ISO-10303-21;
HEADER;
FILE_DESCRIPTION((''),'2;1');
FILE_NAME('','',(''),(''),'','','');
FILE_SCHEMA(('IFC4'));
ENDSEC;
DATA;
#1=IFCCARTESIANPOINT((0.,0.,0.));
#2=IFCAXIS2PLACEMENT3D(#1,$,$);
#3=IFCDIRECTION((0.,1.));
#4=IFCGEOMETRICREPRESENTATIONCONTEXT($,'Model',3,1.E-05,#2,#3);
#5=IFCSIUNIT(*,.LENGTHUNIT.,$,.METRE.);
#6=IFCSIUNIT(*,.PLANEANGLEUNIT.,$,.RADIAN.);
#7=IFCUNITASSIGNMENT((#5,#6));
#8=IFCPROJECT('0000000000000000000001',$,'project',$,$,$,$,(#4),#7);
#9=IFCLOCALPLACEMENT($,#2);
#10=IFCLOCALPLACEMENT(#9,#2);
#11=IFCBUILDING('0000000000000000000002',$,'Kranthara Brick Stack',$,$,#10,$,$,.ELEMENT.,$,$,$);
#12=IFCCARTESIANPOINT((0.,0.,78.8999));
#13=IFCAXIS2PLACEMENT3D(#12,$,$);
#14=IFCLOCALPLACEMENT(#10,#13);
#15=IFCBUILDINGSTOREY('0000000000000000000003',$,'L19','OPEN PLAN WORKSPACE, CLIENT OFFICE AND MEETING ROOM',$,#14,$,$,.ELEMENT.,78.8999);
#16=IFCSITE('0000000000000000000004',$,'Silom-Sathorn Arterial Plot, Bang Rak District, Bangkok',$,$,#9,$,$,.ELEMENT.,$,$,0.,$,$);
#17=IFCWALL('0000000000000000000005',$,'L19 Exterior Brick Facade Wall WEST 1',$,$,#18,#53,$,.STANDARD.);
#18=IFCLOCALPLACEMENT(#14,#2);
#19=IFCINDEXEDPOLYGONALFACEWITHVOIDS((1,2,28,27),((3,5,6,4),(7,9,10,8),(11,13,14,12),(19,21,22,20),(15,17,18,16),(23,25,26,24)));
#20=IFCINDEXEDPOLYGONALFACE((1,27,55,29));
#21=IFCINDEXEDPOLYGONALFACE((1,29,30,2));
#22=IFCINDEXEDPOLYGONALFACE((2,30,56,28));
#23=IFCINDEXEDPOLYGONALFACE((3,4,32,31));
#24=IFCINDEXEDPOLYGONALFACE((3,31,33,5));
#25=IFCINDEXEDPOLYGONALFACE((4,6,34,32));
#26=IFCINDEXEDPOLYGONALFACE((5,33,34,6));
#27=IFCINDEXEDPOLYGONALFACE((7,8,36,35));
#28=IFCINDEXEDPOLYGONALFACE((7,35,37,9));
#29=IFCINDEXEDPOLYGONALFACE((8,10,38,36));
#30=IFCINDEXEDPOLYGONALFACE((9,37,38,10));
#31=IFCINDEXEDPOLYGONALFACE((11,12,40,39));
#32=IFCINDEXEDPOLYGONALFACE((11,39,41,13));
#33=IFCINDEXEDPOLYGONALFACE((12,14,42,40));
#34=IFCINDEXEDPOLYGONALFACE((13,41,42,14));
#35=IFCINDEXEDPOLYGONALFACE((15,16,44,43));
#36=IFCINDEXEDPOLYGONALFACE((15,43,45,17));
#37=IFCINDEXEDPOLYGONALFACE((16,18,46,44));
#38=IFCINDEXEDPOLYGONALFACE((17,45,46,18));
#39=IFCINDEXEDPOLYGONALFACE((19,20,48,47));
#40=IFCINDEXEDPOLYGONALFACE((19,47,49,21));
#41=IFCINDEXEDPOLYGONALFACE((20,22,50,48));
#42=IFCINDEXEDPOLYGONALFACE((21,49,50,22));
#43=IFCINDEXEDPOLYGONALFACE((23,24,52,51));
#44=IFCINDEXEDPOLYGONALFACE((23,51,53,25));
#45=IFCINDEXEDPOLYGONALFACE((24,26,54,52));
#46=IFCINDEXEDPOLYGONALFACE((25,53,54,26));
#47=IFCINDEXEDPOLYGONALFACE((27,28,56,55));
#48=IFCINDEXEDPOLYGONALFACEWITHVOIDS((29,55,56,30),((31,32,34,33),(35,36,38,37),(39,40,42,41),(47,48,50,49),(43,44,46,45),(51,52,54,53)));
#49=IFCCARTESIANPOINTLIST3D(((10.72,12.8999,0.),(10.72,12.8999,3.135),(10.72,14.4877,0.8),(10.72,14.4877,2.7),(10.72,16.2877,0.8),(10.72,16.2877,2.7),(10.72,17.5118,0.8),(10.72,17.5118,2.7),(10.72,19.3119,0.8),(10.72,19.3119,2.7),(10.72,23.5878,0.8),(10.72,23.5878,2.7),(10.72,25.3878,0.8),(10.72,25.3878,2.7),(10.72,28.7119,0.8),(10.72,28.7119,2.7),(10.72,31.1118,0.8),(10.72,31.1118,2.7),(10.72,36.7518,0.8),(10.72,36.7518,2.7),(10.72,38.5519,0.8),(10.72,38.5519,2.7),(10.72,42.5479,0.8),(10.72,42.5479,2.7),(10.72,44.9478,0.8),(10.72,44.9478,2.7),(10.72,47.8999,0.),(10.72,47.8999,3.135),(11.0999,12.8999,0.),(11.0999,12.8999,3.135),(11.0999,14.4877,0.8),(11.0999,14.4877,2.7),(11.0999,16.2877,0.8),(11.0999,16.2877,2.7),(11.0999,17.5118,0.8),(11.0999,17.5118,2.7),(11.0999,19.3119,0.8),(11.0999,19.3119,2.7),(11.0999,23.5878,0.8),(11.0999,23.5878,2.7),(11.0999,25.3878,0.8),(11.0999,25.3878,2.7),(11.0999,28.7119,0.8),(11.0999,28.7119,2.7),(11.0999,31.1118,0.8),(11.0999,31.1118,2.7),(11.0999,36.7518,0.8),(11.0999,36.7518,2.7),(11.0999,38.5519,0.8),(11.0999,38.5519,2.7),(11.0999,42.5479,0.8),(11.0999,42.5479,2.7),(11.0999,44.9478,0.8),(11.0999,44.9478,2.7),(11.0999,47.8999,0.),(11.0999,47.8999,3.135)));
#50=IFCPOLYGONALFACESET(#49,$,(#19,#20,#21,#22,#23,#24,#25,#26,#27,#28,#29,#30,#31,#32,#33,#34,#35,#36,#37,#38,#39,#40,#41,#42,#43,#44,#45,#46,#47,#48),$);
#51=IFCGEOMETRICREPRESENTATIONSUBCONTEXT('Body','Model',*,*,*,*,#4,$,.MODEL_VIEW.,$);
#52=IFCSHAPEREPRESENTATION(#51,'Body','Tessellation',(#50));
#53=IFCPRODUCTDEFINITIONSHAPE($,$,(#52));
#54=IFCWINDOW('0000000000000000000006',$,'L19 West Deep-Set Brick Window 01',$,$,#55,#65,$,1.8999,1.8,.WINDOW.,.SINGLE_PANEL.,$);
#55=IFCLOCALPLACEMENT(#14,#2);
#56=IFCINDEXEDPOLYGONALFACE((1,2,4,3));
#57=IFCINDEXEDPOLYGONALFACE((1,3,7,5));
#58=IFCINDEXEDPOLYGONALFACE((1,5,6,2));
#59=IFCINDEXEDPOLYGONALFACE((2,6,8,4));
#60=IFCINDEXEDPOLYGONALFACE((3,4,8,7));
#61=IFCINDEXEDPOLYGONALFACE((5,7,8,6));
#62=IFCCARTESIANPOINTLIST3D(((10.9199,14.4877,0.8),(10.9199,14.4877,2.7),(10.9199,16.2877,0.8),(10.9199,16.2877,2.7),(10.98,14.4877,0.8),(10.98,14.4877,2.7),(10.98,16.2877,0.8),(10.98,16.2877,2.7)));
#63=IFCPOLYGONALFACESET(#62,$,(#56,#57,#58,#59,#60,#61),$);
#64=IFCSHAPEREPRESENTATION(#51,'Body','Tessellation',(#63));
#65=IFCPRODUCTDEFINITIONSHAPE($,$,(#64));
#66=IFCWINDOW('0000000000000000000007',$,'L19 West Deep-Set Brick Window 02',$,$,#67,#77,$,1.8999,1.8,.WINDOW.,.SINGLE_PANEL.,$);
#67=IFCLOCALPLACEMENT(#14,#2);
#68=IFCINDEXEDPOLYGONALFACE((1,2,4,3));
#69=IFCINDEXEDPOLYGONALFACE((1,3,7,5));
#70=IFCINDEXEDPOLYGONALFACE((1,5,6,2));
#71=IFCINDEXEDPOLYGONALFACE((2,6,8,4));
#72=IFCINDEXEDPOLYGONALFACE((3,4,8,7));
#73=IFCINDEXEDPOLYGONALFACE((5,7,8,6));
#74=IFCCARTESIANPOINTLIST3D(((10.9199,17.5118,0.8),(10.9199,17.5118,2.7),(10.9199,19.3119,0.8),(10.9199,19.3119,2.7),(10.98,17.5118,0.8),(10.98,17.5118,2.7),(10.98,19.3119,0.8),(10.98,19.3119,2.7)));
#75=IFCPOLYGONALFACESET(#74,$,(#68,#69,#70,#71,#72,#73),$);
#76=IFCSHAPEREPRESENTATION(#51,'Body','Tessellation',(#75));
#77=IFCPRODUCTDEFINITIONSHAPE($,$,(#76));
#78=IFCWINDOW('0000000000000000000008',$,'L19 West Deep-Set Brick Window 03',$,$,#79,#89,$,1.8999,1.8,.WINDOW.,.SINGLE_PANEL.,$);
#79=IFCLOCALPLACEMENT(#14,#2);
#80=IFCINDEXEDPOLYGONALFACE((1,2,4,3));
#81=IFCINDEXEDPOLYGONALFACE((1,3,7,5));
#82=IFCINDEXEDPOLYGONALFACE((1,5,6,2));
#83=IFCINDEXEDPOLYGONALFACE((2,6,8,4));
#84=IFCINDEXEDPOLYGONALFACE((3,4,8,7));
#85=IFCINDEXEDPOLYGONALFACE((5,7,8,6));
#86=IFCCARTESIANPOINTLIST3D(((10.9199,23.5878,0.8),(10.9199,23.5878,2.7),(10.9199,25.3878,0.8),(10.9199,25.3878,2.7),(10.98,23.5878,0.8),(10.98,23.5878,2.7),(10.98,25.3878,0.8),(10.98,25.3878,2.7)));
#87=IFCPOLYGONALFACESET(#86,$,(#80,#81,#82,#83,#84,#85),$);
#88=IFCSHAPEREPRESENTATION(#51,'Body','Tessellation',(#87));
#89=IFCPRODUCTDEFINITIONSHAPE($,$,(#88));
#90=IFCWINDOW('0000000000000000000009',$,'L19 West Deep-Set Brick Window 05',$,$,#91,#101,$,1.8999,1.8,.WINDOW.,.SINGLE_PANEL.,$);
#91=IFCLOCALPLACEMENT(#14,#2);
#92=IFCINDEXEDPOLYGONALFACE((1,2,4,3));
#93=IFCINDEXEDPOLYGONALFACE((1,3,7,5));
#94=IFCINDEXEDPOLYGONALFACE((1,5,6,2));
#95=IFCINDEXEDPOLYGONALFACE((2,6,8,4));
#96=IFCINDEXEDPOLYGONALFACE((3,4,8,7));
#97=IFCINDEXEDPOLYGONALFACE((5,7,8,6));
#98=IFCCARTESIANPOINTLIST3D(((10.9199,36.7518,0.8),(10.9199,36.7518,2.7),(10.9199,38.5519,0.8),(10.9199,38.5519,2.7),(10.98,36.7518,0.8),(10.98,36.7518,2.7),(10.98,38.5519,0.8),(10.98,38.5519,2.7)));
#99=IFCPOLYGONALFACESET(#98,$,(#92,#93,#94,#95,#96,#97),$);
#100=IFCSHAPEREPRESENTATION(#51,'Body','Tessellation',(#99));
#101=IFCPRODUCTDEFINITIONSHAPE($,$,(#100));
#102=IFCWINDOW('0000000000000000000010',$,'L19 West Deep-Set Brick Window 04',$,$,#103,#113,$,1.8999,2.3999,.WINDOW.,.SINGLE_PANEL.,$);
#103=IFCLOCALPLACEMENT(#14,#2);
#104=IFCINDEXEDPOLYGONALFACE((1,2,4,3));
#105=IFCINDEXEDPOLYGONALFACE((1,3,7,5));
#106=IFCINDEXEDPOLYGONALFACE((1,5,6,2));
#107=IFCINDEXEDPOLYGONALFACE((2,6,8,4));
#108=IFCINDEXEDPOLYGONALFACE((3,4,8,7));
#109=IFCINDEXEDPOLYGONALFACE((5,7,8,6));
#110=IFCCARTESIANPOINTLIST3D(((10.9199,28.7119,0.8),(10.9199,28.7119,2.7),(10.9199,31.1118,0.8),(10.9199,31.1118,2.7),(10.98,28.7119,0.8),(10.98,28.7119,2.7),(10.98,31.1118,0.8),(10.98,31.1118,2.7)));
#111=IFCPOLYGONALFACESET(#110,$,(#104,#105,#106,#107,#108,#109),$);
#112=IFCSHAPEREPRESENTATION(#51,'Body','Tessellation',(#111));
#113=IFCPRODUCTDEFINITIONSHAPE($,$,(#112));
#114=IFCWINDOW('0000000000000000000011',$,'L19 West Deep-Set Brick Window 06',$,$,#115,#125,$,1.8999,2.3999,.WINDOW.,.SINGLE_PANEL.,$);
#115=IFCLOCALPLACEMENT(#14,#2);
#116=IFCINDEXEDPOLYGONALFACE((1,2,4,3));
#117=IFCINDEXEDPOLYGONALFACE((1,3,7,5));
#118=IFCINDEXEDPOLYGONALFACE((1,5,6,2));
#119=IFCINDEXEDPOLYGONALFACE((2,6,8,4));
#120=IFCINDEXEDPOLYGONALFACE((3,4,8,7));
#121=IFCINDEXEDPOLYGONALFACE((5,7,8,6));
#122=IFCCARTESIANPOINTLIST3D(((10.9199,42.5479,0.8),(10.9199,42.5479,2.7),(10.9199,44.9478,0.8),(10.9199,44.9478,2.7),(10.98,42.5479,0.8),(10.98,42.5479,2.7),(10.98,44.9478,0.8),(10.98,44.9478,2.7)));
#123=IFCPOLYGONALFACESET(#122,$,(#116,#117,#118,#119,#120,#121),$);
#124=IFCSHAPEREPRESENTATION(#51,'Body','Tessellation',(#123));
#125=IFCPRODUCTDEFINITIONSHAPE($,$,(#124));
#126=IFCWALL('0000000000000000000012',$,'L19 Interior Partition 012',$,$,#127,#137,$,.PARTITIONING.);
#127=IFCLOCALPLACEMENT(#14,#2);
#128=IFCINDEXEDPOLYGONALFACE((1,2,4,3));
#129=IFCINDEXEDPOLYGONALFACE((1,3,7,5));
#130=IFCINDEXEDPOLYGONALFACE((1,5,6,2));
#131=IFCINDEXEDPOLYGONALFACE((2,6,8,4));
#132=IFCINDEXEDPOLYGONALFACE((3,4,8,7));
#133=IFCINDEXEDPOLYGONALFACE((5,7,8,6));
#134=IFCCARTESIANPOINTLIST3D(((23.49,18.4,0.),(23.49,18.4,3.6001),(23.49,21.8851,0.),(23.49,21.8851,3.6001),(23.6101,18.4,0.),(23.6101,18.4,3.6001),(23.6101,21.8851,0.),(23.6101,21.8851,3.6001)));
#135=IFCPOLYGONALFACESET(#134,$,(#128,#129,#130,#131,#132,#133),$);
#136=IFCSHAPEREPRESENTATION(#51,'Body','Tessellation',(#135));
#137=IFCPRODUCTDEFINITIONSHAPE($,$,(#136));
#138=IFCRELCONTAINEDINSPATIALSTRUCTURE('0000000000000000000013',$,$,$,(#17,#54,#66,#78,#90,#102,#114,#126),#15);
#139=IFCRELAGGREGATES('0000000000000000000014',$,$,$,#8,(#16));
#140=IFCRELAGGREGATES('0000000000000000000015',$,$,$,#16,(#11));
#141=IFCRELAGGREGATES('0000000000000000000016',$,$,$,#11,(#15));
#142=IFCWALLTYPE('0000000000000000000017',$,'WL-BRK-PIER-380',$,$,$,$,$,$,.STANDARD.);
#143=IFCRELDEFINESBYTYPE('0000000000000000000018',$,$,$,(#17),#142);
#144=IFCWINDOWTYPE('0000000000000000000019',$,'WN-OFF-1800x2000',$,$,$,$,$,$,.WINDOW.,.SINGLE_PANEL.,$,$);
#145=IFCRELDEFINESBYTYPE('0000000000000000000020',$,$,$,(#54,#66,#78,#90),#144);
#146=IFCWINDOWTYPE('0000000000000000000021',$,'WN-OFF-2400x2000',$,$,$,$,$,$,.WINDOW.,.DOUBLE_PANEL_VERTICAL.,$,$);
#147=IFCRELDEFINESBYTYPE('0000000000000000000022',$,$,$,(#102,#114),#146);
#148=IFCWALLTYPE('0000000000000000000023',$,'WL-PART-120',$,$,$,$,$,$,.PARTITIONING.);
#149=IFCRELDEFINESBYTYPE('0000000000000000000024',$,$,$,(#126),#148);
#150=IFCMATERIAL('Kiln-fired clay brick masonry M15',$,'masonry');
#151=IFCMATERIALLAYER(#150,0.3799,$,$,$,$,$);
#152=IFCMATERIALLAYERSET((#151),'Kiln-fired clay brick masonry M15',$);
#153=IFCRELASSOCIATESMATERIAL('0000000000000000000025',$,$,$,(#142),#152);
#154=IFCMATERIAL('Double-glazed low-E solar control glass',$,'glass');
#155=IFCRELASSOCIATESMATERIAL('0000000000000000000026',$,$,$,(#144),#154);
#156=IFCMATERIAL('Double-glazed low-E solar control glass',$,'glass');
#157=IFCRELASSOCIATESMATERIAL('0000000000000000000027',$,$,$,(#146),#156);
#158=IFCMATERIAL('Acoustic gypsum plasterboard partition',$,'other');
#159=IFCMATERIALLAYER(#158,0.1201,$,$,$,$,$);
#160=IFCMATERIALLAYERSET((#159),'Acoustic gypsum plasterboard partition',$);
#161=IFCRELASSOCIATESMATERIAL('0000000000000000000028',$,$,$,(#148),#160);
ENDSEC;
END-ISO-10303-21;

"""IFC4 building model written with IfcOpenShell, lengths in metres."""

from ifc_helpers import new_model, si_unit, direction, frame, frame_2d, origin, place, context, subcontext, project, spatial, rectangle, extrude, material, layer, layer_set, type_object, element, fill, save


model = new_model("IFC4")

# Units and contexts
model_context = context("Model", 3, precision=1e-05, world=origin(), true_north=direction((0.0, 1.0)))
body_context = subcontext(model_context, "Body", "Model", "MODEL_VIEW")
ifc_project = project(units=[si_unit("LENGTHUNIT", "METRE"), si_unit("PLANEANGLEUNIT", "RADIAN")], contexts=[model_context])

# Site, building, storey
site_placement = place(None, origin())
site = spatial("IfcSite", under=ifc_project, at=site_placement, Name="Silom-Sathorn Arterial Plot, Bang Rak District, Bangkok", CompositionType="ELEMENT", RefElevation=0.0)
building_placement = place(site_placement, origin())
building = spatial("IfcBuilding", under=site, at=building_placement, Name="Kranthara Brick Stack", CompositionType="ELEMENT")
storey_placement = place(building_placement, frame((0.0, 0.0, 78.8999)))
storey = spatial("IfcBuildingStorey", under=building, at=storey_placement, Name="L19", Description="OPEN PLAN WORKSPACE, CLIENT OFFICE AND MEETING ROOM", CompositionType="ELEMENT", Elevation=78.8999)

# Wall, openings, windows
ifc_material_1 = material(Name="Kiln-fired clay brick masonry M15", Category="masonry")
ifc_layer_1 = layer(ifc_material_1, 0.3799)
ifc_layer_set_1 = layer_set([ifc_layer_1], Name="Kiln-fired clay brick masonry M15")
wall_type_1 = type_object("IfcWallType", Name="WL-BRK-PIER-380", PredefinedType="STANDARD", material=ifc_layer_set_1)
wall_1_placement = place(storey_placement, frame((10.9099, 12.8999, 0.0), z_axis=(0.0, 0.0, 1.0), x_axis=(0.0, 1.0, 0.0)))
wall_1 = element("IfcWall", 1, at=wall_1_placement, inside=storey, type_object=wall_type_1, Name="L19 Exterior Brick Facade Wall WEST 1", PredefinedType="STANDARD", context=body_context, shape_type="SweptSolid", body=[
    extrude(rectangle(XDim=35.0, YDim=0.3799, at=frame_2d((17.5, 0.0))), origin(), (0.0, 0.0, 1.0), 3.135),
])
opening_1_placement = place(wall_1_placement, frame((1.5879, 0.0, 0.8)))
opening_1 = element("IfcOpeningElement", 2, at=opening_1_placement, cuts=wall_1, PredefinedType="OPENING", context=body_context, shape_type="SweptSolid", body=[
    extrude(rectangle(XDim=1.8, YDim=1.8999, at=frame_2d((0.8999, 0.95))), frame((0.0, 0.2, 0.0), z_axis=(0.0, -1.0, 0.0), x_axis=(1.0, 0.0, 0.0)), (0.0, 0.0, 1.0), 0.3999),
])
opening_2_placement = place(wall_1_placement, frame((4.6121, 0.0, 0.8)))
opening_2 = element("IfcOpeningElement", 3, at=opening_2_placement, cuts=wall_1, PredefinedType="OPENING", context=body_context, shape_type="SweptSolid", body=[
    extrude(rectangle(XDim=1.8, YDim=1.8999, at=frame_2d((0.8999, 0.95))), frame((0.0, 0.2, 0.0), z_axis=(0.0, -1.0, 0.0), x_axis=(1.0, 0.0, 0.0)), (0.0, 0.0, 1.0), 0.3999),
])
opening_3_placement = place(wall_1_placement, frame((10.688, 0.0, 0.8)))
opening_3 = element("IfcOpeningElement", 4, at=opening_3_placement, cuts=wall_1, PredefinedType="OPENING", context=body_context, shape_type="SweptSolid", body=[
    extrude(rectangle(XDim=1.8, YDim=1.8999, at=frame_2d((0.8999, 0.95))), frame((0.0, 0.2, 0.0), z_axis=(0.0, -1.0, 0.0), x_axis=(1.0, 0.0, 0.0)), (0.0, 0.0, 1.0), 0.3999),
])
opening_4_placement = place(wall_1_placement, frame((15.812, 0.0, 0.8)))
opening_4 = element("IfcOpeningElement", 5, at=opening_4_placement, cuts=wall_1, PredefinedType="OPENING", context=body_context, shape_type="SweptSolid", body=[
    extrude(rectangle(XDim=2.3999, YDim=1.8999, at=frame_2d((1.2, 0.95))), frame((0.0, 0.2, 0.0), z_axis=(0.0, -1.0, 0.0), x_axis=(1.0, 0.0, 0.0)), (0.0, 0.0, 1.0), 0.3999),
])
opening_5_placement = place(wall_1_placement, frame((23.8521, 0.0, 0.8)))
opening_5 = element("IfcOpeningElement", 6, at=opening_5_placement, cuts=wall_1, PredefinedType="OPENING", context=body_context, shape_type="SweptSolid", body=[
    extrude(rectangle(XDim=1.8, YDim=1.8999, at=frame_2d((0.8999, 0.95))), frame((0.0, 0.2, 0.0), z_axis=(0.0, -1.0, 0.0), x_axis=(1.0, 0.0, 0.0)), (0.0, 0.0, 1.0), 0.3999),
])
opening_6_placement = place(wall_1_placement, frame((29.6479, 0.0, 0.8)))
opening_6 = element("IfcOpeningElement", 7, at=opening_6_placement, cuts=wall_1, PredefinedType="OPENING", context=body_context, shape_type="SweptSolid", body=[
    extrude(rectangle(XDim=2.3999, YDim=1.8999, at=frame_2d((1.2, 0.95))), frame((0.0, 0.2, 0.0), z_axis=(0.0, -1.0, 0.0), x_axis=(1.0, 0.0, 0.0)), (0.0, 0.0, 1.0), 0.3999),
])
ifc_material_2 = material(Name="Double-glazed low-E solar control glass", Category="glass")
window_type_1 = type_object("IfcWindowType", Name="WN-OFF-1800x2000", PartitioningType="SINGLE_PANEL", PredefinedType="WINDOW", material=ifc_material_2)
window_1_placement = place(opening_1_placement, origin())
window_1 = element("IfcWindow", 8, at=window_1_placement, inside=storey, type_object=window_type_1, Name="L19 West Deep-Set Brick Window 01", OverallHeight=1.8999, OverallWidth=1.8, PartitioningType="SINGLE_PANEL", PredefinedType="WINDOW", context=body_context, shape_type="SweptSolid", body=[
    extrude(rectangle(XDim=1.8, YDim=1.8999, at=frame_2d((0.8999, 0.95))), frame((0.0, -0.01, 0.0), z_axis=(0.0, -1.0, 0.0), x_axis=(1.0, 0.0, 0.0)), (0.0, 0.0, 1.0), 0.0601),
])
fill(opening_1, window_1)
window_2_placement = place(opening_2_placement, origin())
window_2 = element("IfcWindow", 9, at=window_2_placement, inside=storey, type_object=window_type_1, Name="L19 West Deep-Set Brick Window 02", OverallHeight=1.8999, OverallWidth=1.8, PartitioningType="SINGLE_PANEL", PredefinedType="WINDOW", context=body_context, shape_type="SweptSolid", body=[
    extrude(rectangle(XDim=1.8, YDim=1.8999, at=frame_2d((0.8999, 0.95))), frame((0.0, -0.01, 0.0), z_axis=(0.0, -1.0, 0.0), x_axis=(1.0, 0.0, 0.0)), (0.0, 0.0, 1.0), 0.0601),
])
fill(opening_2, window_2)
window_3_placement = place(opening_3_placement, origin())
window_3 = element("IfcWindow", 10, at=window_3_placement, inside=storey, type_object=window_type_1, Name="L19 West Deep-Set Brick Window 03", OverallHeight=1.8999, OverallWidth=1.8, PartitioningType="SINGLE_PANEL", PredefinedType="WINDOW", context=body_context, shape_type="SweptSolid", body=[
    extrude(rectangle(XDim=1.8, YDim=1.8999, at=frame_2d((0.8999, 0.95))), frame((0.0, -0.01, 0.0), z_axis=(0.0, -1.0, 0.0), x_axis=(1.0, 0.0, 0.0)), (0.0, 0.0, 1.0), 0.0601),
])
fill(opening_3, window_3)
window_4_placement = place(opening_5_placement, origin())
window_4 = element("IfcWindow", 11, at=window_4_placement, inside=storey, type_object=window_type_1, Name="L19 West Deep-Set Brick Window 05", OverallHeight=1.8999, OverallWidth=1.8, PartitioningType="SINGLE_PANEL", PredefinedType="WINDOW", context=body_context, shape_type="SweptSolid", body=[
    extrude(rectangle(XDim=1.8, YDim=1.8999, at=frame_2d((0.8999, 0.95))), frame((0.0, -0.01, 0.0), z_axis=(0.0, -1.0, 0.0), x_axis=(1.0, 0.0, 0.0)), (0.0, 0.0, 1.0), 0.0601),
])
fill(opening_5, window_4)
ifc_material_3 = material(Name="Double-glazed low-E solar control glass", Category="glass")
window_type_2 = type_object("IfcWindowType", Name="WN-OFF-2400x2000", PartitioningType="DOUBLE_PANEL_VERTICAL", PredefinedType="WINDOW", material=ifc_material_3)
window_5_placement = place(opening_4_placement, origin())
window_5 = element("IfcWindow", 12, at=window_5_placement, inside=storey, type_object=window_type_2, Name="L19 West Deep-Set Brick Window 04", OverallHeight=1.8999, OverallWidth=2.3999, PartitioningType="SINGLE_PANEL", PredefinedType="WINDOW", context=body_context, shape_type="SweptSolid", body=[
    extrude(rectangle(XDim=2.3999, YDim=1.8999, at=frame_2d((1.2, 0.95))), frame((0.0, -0.01, 0.0), z_axis=(0.0, -1.0, 0.0), x_axis=(1.0, 0.0, 0.0)), (0.0, 0.0, 1.0), 0.0601),
])
fill(opening_4, window_5)
window_6_placement = place(opening_6_placement, origin())
window_6 = element("IfcWindow", 13, at=window_6_placement, inside=storey, type_object=window_type_2, Name="L19 West Deep-Set Brick Window 06", OverallHeight=1.8999, OverallWidth=2.3999, PartitioningType="SINGLE_PANEL", PredefinedType="WINDOW", context=body_context, shape_type="SweptSolid", body=[
    extrude(rectangle(XDim=2.3999, YDim=1.8999, at=frame_2d((1.2, 0.95))), frame((0.0, -0.01, 0.0), z_axis=(0.0, -1.0, 0.0), x_axis=(1.0, 0.0, 0.0)), (0.0, 0.0, 1.0), 0.0601),
])
fill(opening_6, window_6)

# Wall
ifc_material_4 = material(Name="Acoustic gypsum plasterboard partition", Category="other")
ifc_layer_2 = layer(ifc_material_4, 0.1201)
ifc_layer_set_2 = layer_set([ifc_layer_2], Name="Acoustic gypsum plasterboard partition")
wall_type_2 = type_object("IfcWallType", Name="WL-PART-120", PredefinedType="PARTITIONING", material=ifc_layer_set_2)
wall_2_placement = place(storey_placement, frame((23.55, 18.3999, 0.0), z_axis=(0.0, 0.0, 1.0), x_axis=(0.0, 1.0, 0.0)))
element("IfcWall", 14, at=wall_2_placement, inside=storey, type_object=wall_type_2, Name="L19 Interior Partition 012", PredefinedType="PARTITIONING", context=body_context, shape_type="SweptSolid", body=[
    extrude(rectangle(XDim=3.4851, YDim=0.1201, at=frame_2d((1.7427, 0.0))), origin(), (0.0, 0.0, 1.0), 3.6001),
])

save(model, "model.ifc")
